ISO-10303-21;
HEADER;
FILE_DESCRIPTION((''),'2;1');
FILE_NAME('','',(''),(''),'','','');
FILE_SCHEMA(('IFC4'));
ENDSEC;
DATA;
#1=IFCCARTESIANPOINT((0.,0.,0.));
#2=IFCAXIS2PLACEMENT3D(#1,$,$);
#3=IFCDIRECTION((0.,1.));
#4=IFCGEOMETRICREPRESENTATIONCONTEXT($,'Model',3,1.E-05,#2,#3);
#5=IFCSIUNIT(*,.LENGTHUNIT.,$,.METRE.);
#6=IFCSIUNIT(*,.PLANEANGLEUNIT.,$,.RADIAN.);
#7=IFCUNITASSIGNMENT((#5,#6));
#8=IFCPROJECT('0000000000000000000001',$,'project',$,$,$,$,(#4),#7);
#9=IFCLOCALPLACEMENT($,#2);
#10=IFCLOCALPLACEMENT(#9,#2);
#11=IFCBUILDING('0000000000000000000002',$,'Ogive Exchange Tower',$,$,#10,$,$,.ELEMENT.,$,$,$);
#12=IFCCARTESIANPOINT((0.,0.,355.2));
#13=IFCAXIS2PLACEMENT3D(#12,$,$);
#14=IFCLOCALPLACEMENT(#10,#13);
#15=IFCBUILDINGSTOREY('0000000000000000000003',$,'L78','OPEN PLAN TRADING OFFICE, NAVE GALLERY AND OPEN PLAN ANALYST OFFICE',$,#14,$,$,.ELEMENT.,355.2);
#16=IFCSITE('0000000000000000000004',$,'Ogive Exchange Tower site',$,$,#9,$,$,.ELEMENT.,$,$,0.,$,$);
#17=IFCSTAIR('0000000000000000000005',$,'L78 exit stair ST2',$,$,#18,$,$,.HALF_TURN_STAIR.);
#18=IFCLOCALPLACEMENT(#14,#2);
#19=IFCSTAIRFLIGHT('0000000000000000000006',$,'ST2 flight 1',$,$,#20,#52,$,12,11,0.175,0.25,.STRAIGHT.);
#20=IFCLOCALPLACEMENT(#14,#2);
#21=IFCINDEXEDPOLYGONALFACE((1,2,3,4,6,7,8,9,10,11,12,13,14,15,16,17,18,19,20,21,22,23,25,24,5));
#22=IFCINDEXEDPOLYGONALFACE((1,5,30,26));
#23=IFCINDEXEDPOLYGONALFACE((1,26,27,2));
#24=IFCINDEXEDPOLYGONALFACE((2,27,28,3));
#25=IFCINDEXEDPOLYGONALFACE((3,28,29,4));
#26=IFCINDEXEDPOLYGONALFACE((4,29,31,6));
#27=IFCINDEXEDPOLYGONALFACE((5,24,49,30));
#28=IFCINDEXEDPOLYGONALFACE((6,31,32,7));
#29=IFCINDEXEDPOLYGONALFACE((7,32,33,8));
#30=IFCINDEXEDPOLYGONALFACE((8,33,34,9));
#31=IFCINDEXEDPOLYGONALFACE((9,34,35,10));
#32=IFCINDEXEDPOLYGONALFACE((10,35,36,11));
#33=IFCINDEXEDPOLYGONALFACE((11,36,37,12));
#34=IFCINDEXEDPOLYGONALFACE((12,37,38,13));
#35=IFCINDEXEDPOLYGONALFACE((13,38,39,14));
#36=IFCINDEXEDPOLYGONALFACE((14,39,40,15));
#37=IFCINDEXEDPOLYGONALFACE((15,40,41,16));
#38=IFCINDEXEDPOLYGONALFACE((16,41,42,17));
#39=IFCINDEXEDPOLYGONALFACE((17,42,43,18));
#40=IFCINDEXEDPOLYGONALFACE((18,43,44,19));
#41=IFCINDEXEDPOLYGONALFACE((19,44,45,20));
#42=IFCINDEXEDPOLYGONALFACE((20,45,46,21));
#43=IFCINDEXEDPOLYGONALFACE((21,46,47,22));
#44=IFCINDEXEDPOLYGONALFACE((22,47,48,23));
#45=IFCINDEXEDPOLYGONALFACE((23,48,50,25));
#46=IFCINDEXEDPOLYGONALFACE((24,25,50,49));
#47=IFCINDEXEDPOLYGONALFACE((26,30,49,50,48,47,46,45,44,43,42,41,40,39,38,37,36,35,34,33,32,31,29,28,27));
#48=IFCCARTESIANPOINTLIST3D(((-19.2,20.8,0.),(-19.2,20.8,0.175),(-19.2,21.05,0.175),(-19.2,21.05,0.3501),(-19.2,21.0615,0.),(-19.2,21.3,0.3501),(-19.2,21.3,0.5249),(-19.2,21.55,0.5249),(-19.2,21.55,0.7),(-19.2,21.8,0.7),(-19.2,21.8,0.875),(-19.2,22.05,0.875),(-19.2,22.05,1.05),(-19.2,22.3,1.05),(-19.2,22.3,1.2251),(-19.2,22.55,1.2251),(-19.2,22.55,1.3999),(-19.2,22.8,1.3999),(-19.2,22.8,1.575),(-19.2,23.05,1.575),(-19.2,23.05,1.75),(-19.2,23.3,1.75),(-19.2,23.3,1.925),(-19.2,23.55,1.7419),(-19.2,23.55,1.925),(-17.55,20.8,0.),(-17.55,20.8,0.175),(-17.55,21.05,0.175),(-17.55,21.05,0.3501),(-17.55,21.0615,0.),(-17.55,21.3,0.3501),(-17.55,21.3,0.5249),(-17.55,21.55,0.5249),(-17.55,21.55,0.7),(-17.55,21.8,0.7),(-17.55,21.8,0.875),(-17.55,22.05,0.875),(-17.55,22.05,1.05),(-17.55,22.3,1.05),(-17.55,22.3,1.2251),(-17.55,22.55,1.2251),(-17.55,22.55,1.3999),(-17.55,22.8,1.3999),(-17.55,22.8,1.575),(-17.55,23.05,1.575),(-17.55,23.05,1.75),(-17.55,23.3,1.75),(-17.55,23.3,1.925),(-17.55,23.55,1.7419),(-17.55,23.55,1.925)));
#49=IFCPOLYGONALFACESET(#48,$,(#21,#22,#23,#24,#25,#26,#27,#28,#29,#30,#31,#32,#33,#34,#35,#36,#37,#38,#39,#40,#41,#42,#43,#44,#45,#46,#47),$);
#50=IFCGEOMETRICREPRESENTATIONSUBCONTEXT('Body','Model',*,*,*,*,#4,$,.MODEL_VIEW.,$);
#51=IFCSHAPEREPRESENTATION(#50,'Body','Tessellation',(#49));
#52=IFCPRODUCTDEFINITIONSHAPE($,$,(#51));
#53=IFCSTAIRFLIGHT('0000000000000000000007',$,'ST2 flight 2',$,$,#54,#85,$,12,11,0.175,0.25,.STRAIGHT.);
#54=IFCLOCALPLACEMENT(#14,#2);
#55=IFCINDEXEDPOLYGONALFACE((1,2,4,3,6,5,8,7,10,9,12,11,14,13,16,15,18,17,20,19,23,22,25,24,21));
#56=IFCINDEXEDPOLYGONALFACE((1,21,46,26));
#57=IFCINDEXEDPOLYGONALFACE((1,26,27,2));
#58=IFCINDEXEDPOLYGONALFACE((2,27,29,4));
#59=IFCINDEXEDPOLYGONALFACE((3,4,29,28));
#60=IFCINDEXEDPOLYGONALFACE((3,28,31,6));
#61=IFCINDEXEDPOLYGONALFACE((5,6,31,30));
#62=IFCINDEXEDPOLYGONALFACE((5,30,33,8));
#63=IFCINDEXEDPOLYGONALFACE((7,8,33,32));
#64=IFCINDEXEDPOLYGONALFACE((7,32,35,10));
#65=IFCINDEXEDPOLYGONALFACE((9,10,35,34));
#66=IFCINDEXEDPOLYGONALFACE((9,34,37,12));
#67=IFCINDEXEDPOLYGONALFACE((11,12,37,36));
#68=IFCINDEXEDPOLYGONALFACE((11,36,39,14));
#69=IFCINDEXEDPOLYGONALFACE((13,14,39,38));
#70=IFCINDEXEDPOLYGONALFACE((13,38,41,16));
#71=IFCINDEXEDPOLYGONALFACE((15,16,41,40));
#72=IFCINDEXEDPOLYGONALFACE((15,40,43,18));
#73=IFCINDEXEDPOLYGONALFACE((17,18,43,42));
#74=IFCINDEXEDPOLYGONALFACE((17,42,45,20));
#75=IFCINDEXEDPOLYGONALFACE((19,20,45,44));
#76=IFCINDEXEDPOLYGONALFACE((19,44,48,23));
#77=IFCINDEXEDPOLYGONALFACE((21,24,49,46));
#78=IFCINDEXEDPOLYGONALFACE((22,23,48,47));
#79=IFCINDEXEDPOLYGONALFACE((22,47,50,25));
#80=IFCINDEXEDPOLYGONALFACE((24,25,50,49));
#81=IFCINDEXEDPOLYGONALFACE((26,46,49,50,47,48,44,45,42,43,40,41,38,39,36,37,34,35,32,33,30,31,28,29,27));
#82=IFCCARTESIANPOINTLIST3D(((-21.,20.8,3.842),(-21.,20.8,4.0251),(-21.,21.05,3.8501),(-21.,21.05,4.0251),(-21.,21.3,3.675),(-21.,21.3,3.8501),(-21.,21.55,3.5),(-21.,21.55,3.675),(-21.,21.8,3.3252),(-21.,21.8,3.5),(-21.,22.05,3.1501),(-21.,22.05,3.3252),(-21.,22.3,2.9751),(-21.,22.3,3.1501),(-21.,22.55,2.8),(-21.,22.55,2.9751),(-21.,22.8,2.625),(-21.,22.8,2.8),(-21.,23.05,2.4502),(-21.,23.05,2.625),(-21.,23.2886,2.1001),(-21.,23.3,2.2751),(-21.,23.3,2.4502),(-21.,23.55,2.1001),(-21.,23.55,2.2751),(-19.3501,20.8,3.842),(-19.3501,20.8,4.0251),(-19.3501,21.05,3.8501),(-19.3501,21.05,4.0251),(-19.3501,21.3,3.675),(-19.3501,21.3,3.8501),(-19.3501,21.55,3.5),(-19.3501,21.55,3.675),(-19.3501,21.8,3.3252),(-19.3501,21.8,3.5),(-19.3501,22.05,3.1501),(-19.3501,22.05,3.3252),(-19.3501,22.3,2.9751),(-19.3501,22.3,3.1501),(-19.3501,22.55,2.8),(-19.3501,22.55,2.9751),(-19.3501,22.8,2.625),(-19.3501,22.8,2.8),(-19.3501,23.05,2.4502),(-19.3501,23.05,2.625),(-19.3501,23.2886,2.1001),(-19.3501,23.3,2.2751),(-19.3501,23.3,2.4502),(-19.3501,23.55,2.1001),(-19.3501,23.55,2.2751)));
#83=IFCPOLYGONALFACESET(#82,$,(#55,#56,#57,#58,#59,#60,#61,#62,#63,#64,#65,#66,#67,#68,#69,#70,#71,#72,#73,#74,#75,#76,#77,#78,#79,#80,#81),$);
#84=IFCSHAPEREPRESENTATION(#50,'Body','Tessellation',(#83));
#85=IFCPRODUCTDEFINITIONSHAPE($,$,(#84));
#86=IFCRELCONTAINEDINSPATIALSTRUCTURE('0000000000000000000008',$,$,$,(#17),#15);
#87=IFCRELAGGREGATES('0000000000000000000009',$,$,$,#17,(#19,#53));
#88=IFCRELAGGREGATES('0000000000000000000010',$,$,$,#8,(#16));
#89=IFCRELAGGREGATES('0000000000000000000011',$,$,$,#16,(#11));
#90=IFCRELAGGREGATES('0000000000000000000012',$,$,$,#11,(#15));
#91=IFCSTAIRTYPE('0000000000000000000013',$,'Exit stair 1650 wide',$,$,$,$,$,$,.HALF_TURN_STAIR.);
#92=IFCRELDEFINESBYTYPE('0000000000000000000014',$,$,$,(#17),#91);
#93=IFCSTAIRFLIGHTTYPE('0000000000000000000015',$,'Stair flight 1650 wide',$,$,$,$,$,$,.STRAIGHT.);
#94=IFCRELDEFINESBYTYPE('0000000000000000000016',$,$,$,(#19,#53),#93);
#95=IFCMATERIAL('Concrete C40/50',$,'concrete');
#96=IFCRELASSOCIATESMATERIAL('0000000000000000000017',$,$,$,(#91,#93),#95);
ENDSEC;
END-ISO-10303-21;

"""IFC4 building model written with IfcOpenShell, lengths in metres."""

from ifc_helpers import new_model, si_unit, direction, frame, origin, place, context, subcontext, project, spatial, polyline, outline, extrude, material, type_object, element, aggregate, save


model = new_model("IFC4")

# Units and contexts
model_context = context("Model", 3, precision=1e-05, world=origin(), true_north=direction((0.0, 1.0)))
body_context = subcontext(model_context, "Body", "Model", "MODEL_VIEW")
ifc_project = project(units=[si_unit("LENGTHUNIT", "METRE"), si_unit("PLANEANGLEUNIT", "RADIAN")], contexts=[model_context])

# Site, building, storey
site_placement = place(None, origin())
site = spatial("IfcSite", under=ifc_project, at=site_placement, Name="Ogive Exchange Tower site", CompositionType="ELEMENT", RefElevation=0.0)
building_placement = place(site_placement, origin())
building = spatial("IfcBuilding", under=site, at=building_placement, Name="Ogive Exchange Tower", CompositionType="ELEMENT")
storey_placement = place(building_placement, frame((0.0, 0.0, 355.2)))
storey = spatial("IfcBuildingStorey", under=building, at=storey_placement, Name="L78", Description="OPEN PLAN TRADING OFFICE, NAVE GALLERY AND OPEN PLAN ANALYST OFFICE", CompositionType="ELEMENT", Elevation=355.2)

# Stair, stair flights
ifc_material_1 = material(Name="Concrete C40/50", Category="concrete")
stair_type = type_object("IfcStairType", Name="Exit stair 1650 wide", PredefinedType="HALF_TURN_STAIR", material=ifc_material_1)
stair_placement = place(storey_placement, origin())
stair = element("IfcStair", 1, at=stair_placement, inside=storey, type_object=stair_type, Name="L78 exit stair ST2", PredefinedType="HALF_TURN_STAIR")
stair_flight_type = type_object("IfcStairFlightType", Name="Stair flight 1650 wide", PredefinedType="STRAIGHT", material=ifc_material_1)
stair_flight_1_placement = place(storey_placement, frame((-18.375, 20.8, 0.0), z_axis=(0.0, 0.0, 1.0), x_axis=(0.0, 1.0, 0.0)))
stair_flight_1 = element("IfcStairFlight", 2, at=stair_flight_1_placement, type_object=stair_flight_type, Name="ST2 flight 1", NumberOfRisers=12, NumberOfTreads=11, PredefinedType="STRAIGHT", RiserHeight=0.175, TreadLength=0.25, context=body_context, shape_type="SweptSolid", body=[
    extrude(outline(polyline([(0.0, 0.0), (0.0, 0.175), (0.25, 0.175), (0.25, 0.3501), (0.5, 0.3501), (0.5, 0.5249), (0.75, 0.5249), (0.75, 0.7), (1.0, 0.7), (1.0, 0.875), (1.25, 0.875), (1.25, 1.05), (1.5, 1.05), (1.5, 1.2251), (1.75, 1.2251), (1.75, 1.3999), (2.0, 1.3999), (2.0, 1.575), (2.25, 1.575), (2.25, 1.75), (2.5, 1.75), (2.5, 1.925), (2.75, 1.925), (2.75, 2.1001), (2.75, 1.7419), (0.2615, 0.0), (0.0, 0.0)])), frame((0.0, 0.825, 0.0), z_axis=(0.0, -1.0, 0.0), x_axis=(1.0, 0.0, 0.0)), (0.0, 0.0, 1.0), 1.6499),
])
stair_flight_2_placement = place(storey_placement, frame((-20.175, 23.55, 2.1001), z_axis=(0.0, 0.0, 1.0), x_axis=(0.0, -1.0, 0.0)))
stair_flight_2 = element("IfcStairFlight", 3, at=stair_flight_2_placement, type_object=stair_flight_type, Name="ST2 flight 2", NumberOfRisers=12, NumberOfTreads=11, PredefinedType="STRAIGHT", RiserHeight=0.175, TreadLength=0.25, context=body_context, shape_type="SweptSolid", body=[
    extrude(outline(polyline([(0.0, 0.0), (0.0, 0.175), (0.25, 0.175), (0.25, 0.3501), (0.5, 0.3501), (0.5, 0.5249), (0.75, 0.5249), (0.75, 0.7), (1.0, 0.7), (1.0, 0.875), (1.25, 0.875), (1.25, 1.05), (1.5, 1.05), (1.5, 1.2251), (1.75, 1.2251), (1.75, 1.3999), (2.0, 1.3999), (2.0, 1.575), (2.25, 1.575), (2.25, 1.75), (2.5, 1.75), (2.5, 1.925), (2.75, 1.925), (2.75, 2.1001), (2.75, 1.7419), (0.2615, 0.0), (0.0, 0.0)])), frame((0.0, 0.825, 0.0), z_axis=(0.0, -1.0, 0.0), x_axis=(1.0, 0.0, 0.0)), (0.0, 0.0, 1.0), 1.6499),
])
aggregate(stair, [stair_flight_1, stair_flight_2])

save(model, "model.ifc")
